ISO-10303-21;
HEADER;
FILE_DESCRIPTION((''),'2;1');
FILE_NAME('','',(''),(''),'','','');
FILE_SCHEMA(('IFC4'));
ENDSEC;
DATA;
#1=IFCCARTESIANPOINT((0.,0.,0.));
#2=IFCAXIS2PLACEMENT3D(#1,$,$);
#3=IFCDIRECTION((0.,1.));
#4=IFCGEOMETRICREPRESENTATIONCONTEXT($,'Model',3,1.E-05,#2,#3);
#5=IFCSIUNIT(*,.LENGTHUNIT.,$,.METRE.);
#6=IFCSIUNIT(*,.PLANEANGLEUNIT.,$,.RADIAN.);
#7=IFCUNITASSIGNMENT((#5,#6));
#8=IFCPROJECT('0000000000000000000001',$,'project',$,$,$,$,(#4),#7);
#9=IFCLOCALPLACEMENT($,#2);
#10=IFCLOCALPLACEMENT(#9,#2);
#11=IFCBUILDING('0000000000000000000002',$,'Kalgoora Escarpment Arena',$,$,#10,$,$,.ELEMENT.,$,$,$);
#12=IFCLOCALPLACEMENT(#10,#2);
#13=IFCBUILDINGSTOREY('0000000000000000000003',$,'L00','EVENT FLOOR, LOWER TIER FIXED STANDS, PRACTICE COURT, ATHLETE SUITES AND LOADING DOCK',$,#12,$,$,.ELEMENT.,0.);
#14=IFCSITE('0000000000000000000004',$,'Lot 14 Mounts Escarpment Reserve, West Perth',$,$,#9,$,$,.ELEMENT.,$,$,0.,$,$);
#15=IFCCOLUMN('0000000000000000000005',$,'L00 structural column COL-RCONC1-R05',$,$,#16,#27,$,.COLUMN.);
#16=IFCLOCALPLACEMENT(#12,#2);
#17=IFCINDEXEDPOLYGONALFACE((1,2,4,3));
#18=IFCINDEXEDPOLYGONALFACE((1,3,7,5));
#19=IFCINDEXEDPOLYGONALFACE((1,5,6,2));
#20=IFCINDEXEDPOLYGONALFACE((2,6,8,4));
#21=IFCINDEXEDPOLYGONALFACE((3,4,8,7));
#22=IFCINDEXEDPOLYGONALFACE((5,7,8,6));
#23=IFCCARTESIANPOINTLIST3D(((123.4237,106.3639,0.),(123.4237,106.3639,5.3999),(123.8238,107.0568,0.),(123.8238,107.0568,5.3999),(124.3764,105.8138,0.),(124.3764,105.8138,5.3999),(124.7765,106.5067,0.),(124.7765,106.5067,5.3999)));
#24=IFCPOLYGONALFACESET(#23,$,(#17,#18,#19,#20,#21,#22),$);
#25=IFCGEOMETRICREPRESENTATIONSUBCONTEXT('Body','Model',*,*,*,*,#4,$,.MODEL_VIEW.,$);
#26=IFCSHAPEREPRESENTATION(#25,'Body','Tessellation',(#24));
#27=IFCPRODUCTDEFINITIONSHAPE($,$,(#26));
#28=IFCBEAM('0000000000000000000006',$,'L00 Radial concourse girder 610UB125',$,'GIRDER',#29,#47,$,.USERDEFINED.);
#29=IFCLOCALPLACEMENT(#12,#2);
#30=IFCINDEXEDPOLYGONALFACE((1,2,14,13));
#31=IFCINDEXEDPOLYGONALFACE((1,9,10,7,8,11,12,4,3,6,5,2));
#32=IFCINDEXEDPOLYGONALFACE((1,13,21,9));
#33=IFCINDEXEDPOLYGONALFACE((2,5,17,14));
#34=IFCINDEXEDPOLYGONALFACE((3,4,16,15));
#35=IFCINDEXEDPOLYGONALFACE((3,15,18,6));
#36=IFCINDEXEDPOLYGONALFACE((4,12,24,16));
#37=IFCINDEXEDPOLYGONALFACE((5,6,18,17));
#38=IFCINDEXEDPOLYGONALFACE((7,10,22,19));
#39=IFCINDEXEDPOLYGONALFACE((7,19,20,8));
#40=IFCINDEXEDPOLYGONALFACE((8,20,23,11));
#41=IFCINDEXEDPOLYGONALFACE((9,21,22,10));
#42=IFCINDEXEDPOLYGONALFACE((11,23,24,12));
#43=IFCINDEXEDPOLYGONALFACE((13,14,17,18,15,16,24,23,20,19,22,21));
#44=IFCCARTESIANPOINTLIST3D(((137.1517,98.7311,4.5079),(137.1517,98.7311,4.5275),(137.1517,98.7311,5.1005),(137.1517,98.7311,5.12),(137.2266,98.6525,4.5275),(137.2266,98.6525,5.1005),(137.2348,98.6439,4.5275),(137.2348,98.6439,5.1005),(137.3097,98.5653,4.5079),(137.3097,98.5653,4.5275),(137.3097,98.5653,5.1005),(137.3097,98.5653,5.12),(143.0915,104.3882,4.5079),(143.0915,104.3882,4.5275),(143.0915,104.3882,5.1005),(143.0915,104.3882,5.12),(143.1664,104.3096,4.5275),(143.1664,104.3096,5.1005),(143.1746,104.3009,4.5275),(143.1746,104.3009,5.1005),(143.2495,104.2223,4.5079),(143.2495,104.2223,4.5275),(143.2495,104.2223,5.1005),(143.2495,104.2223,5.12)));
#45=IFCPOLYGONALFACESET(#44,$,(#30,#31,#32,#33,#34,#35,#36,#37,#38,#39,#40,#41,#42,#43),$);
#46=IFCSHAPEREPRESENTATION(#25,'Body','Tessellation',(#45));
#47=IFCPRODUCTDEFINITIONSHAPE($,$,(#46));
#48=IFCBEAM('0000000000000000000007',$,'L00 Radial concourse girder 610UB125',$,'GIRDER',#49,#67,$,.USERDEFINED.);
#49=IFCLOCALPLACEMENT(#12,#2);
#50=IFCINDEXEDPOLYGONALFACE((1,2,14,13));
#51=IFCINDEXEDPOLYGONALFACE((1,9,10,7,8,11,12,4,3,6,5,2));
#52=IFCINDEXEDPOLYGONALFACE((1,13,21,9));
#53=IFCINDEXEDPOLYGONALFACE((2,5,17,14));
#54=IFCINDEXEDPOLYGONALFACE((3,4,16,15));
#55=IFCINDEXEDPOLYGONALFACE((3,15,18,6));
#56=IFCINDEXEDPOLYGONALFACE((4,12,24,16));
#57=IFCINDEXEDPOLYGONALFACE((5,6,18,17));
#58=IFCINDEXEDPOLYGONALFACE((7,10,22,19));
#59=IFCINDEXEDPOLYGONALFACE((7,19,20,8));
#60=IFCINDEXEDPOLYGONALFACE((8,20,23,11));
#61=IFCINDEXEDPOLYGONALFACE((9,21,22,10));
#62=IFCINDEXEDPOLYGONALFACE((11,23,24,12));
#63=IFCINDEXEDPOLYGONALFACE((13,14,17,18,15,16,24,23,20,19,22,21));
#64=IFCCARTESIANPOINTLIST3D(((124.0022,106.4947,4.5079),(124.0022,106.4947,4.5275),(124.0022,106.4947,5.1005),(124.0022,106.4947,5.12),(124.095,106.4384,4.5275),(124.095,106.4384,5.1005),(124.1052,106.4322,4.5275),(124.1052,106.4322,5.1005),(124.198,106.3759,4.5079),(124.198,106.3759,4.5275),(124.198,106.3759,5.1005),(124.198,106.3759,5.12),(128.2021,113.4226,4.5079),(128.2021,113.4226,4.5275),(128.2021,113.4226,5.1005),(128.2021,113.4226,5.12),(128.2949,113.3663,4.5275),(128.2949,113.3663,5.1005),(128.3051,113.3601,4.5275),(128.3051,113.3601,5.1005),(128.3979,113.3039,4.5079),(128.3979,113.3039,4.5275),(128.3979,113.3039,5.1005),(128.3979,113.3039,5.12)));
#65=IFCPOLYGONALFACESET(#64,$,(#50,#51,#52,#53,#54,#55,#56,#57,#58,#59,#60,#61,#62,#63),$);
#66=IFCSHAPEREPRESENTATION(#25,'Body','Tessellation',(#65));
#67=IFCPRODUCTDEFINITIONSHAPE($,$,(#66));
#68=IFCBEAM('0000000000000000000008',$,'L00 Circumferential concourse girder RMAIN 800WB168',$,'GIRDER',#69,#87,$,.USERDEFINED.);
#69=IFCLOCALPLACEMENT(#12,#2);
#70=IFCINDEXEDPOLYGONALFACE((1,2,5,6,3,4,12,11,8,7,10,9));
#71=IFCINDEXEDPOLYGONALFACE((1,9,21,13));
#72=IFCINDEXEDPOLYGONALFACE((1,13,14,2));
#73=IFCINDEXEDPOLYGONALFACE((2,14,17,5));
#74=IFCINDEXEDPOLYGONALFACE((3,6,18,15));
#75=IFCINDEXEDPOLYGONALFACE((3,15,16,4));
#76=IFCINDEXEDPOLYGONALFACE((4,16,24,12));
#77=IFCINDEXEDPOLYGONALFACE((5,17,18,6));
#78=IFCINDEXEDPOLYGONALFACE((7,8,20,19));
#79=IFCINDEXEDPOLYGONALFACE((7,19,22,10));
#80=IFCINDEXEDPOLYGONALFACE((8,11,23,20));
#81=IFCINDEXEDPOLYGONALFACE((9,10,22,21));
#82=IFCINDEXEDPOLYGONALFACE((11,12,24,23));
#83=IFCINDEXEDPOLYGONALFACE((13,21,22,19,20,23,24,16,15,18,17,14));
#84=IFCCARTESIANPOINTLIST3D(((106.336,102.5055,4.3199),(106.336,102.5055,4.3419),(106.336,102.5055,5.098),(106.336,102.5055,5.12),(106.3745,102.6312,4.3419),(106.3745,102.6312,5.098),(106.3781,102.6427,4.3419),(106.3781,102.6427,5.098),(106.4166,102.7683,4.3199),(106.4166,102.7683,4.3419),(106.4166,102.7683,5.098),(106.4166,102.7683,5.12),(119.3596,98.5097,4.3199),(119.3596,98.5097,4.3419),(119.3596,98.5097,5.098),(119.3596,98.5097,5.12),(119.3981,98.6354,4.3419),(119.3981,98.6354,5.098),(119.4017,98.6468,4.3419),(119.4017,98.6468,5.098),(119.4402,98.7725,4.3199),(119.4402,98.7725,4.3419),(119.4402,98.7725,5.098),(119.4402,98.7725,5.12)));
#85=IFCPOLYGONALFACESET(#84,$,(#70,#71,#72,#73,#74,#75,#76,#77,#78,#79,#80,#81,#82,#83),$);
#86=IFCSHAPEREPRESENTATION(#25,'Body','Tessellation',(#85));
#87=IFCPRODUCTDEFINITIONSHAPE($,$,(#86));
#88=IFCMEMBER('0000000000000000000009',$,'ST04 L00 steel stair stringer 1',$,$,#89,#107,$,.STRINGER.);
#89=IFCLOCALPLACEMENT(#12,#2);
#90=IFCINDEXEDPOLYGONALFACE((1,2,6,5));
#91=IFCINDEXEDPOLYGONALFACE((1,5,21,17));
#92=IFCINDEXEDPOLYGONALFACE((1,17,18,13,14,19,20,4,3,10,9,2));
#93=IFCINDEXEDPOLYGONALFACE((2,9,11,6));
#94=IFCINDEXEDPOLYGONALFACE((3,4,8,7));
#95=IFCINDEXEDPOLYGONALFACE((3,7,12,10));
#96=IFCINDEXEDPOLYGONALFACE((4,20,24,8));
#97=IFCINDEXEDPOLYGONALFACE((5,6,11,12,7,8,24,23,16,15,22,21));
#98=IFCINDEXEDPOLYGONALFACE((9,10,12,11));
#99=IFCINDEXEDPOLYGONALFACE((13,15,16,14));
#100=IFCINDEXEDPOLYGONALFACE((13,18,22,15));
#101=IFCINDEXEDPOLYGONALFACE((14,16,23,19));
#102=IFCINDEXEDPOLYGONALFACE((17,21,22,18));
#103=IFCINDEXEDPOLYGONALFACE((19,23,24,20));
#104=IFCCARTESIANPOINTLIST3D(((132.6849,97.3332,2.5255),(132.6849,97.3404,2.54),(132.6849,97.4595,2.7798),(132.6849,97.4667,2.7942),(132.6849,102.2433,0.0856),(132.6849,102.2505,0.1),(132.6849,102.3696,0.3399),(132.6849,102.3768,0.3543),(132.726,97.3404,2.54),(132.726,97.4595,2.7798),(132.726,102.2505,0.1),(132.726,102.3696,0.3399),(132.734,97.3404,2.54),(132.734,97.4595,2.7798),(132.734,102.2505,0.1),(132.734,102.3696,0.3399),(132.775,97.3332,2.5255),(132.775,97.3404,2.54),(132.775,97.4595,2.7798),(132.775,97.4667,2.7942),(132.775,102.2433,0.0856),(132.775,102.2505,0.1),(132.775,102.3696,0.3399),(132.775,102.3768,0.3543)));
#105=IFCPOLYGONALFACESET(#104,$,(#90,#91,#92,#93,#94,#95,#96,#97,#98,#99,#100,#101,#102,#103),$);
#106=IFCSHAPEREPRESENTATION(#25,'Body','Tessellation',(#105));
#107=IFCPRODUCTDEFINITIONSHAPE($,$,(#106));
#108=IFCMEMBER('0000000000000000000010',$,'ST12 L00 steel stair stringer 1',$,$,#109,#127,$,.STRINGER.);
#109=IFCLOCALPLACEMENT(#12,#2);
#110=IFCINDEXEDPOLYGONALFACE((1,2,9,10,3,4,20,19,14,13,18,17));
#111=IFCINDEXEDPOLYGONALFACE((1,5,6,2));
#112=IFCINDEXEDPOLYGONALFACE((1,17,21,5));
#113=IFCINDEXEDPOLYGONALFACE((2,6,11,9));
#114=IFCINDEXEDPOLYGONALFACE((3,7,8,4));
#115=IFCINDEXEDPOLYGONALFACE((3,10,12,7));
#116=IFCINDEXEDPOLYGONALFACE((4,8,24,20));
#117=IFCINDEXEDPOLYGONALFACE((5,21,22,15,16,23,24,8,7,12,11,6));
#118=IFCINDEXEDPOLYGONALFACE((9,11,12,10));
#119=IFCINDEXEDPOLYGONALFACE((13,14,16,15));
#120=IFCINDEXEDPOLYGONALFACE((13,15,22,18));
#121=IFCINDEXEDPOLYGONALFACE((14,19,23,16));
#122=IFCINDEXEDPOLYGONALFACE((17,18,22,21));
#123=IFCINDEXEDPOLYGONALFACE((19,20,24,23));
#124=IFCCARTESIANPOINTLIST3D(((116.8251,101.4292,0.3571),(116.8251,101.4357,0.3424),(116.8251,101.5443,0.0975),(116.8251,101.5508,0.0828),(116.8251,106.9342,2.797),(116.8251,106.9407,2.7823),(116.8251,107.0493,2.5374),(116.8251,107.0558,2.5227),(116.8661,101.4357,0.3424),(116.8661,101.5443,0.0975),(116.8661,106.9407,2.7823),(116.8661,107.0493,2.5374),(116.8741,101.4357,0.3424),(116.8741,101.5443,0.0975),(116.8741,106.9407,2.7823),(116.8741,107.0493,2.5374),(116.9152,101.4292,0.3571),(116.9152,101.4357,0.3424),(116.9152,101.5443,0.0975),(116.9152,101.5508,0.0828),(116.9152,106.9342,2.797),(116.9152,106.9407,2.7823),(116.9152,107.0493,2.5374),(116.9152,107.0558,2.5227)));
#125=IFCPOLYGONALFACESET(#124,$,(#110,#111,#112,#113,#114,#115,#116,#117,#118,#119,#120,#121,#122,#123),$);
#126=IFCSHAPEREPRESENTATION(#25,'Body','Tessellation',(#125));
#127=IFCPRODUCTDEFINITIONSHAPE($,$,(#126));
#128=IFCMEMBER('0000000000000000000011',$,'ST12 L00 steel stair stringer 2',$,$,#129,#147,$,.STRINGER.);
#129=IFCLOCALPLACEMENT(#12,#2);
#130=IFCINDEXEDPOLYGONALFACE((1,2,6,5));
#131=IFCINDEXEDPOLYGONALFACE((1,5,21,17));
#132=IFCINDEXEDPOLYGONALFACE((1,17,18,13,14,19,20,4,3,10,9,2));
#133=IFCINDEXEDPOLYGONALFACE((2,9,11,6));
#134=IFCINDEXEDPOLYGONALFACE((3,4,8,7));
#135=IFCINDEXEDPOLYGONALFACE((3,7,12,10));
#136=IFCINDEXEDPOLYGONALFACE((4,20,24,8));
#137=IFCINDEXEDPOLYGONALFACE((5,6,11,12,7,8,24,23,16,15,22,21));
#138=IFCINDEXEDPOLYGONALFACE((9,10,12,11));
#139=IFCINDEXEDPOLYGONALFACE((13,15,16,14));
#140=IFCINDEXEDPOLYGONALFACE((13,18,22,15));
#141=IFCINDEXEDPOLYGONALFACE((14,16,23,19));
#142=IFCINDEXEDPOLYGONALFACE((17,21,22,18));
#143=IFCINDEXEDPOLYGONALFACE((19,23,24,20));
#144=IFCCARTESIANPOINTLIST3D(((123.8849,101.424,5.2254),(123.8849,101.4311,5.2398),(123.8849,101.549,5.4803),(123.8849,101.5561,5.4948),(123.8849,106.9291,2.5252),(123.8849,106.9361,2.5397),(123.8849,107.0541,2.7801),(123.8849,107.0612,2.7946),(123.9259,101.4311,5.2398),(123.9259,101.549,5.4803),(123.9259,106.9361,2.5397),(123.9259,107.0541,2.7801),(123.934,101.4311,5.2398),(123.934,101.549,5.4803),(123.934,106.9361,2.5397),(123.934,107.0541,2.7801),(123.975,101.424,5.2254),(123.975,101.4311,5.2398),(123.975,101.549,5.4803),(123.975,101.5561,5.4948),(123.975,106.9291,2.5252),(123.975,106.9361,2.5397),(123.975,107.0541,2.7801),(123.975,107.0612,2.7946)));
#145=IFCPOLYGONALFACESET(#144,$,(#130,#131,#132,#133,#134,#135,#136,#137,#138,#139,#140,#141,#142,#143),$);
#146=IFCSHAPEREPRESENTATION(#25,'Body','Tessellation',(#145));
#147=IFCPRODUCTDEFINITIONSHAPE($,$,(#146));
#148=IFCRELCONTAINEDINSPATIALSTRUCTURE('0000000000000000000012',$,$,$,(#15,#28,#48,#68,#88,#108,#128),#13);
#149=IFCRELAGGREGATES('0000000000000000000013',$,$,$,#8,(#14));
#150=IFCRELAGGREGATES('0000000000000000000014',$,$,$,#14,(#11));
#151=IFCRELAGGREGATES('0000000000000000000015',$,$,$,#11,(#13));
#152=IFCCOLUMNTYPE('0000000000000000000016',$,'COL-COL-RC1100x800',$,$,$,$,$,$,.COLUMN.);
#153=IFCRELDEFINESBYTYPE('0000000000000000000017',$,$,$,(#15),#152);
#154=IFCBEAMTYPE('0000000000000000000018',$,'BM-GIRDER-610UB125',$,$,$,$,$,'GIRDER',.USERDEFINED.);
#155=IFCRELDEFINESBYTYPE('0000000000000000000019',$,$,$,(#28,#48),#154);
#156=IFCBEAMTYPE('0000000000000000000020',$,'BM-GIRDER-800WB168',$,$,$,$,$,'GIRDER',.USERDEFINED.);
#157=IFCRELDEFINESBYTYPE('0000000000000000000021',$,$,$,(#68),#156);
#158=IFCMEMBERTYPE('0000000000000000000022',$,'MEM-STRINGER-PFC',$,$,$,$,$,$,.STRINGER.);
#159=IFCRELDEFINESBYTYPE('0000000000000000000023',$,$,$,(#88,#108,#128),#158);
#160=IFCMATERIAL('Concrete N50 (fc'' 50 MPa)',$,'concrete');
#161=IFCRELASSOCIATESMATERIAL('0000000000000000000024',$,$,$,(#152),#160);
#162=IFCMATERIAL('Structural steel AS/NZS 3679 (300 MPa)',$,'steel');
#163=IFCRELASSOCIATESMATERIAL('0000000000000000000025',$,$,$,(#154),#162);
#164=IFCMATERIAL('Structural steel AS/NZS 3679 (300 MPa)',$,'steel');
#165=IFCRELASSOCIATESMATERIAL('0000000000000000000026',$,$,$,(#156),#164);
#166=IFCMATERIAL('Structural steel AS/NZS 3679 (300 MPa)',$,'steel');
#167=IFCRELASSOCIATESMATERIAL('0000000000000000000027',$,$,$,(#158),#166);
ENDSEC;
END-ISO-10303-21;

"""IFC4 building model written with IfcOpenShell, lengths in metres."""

from ifc_helpers import new_model, si_unit, direction, frame, origin, origin_2d, place, context, subcontext, project, spatial, rectangle, i_section, extrude, material, material_profile, profile_set, type_object, element, save


model = new_model("IFC4")

# Units and contexts
model_context = context("Model", 3, precision=1e-05, world=origin(), true_north=direction((0.0, 1.0)))
body_context = subcontext(model_context, "Body", "Model", "MODEL_VIEW")
ifc_project = project(units=[si_unit("LENGTHUNIT", "METRE"), si_unit("PLANEANGLEUNIT", "RADIAN")], contexts=[model_context])

# Site, building, storey
site_placement = place(None, origin())
site = spatial("IfcSite", under=ifc_project, at=site_placement, Name="Lot 14 Mounts Escarpment Reserve, West Perth", CompositionType="ELEMENT", RefElevation=0.0)
building_placement = place(site_placement, origin())
building = spatial("IfcBuilding", under=site, at=building_placement, Name="Kalgoora Escarpment Arena", CompositionType="ELEMENT")
storey_placement = place(building_placement, origin())
storey = spatial("IfcBuildingStorey", under=building, at=storey_placement, Name="L00", Description="EVENT FLOOR, LOWER TIER FIXED STANDS, PRACTICE COURT, ATHLETE SUITES AND LOADING DOCK", CompositionType="ELEMENT", Elevation=0.0)

# Column
ifc_material_1 = material(Name="Concrete N50 (fc' 50 MPa)", Category="concrete")
ifc_material_profile_1 = material_profile(ifc_material_1, rectangle(XDim=0.8, YDim=1.1001, at=origin_2d()))
ifc_profile_set_1 = profile_set([ifc_material_profile_1], Name="Concrete N50 (fc' 50 MPa)")
column_type_1 = type_object("IfcColumnType", Name="COL-COL-RC1100x800", PredefinedType="COLUMN", material=ifc_profile_set_1)
for number, where, z_axis, x_axis, name in (
    (1, (124.1001, 106.4353, 0.0), (0.0, 0.0, 1.0), (0.5, 0.866025, 0.0), "L00 structural column COL-RCONC1-R05"),
):
    element("IfcColumn", number, at=place(storey_placement, frame(where, z_axis=z_axis, x_axis=x_axis)), inside=storey, type_object=column_type_1, Name=name, PredefinedType="COLUMN", context=body_context, shape_type="SweptSolid", body=[
        extrude(rectangle(XDim=0.8, YDim=1.1001, at=origin_2d()), origin(), (0.0, 0.0, 1.0), 5.3999),
    ])

# Beams
ifc_material_2 = material(Name="Structural steel AS/NZS 3679 (300 MPa)", Category="steel")
ifc_material_profile_2 = material_profile(ifc_material_2, i_section(OverallWidth=0.229, OverallDepth=0.6121, WebThickness=0.012, FlangeThickness=0.0195, at=origin_2d()))
ifc_profile_set_2 = profile_set([ifc_material_profile_2], Name="Structural steel AS/NZS 3679 (300 MPa)")
beam_type_1 = type_object("IfcBeamType", Name="BM-GIRDER-610UB125", ElementType="GIRDER", PredefinedType="USERDEFINED", material=ifc_profile_set_2)
beam_1_placement = place(storey_placement, frame((137.2307, 98.6482, 4.814), z_axis=(0.72413, 0.689663, 0.0), x_axis=(-0.689663, 0.72413, 0.0)))
element("IfcBeam", 2, at=beam_1_placement, inside=storey, type_object=beam_type_1, Name="L00 Radial concourse girder 610UB125", ObjectType="GIRDER", PredefinedType="USERDEFINED", context=body_context, shape_type="SweptSolid", body=[
    extrude(i_section(OverallWidth=0.229, OverallDepth=0.6121, WebThickness=0.012, FlangeThickness=0.0195, at=origin_2d()), origin(), (0.0, 0.0, 1.0), 8.2026),
])
beam_2_placement = place(storey_placement, frame((124.1001, 106.4353, 4.814), z_axis=(0.518408, 0.855133, 0.0), x_axis=(-0.855133, 0.518408, 0.0)))
element("IfcBeam", 3, at=beam_2_placement, inside=storey, type_object=beam_type_1, Name="L00 Radial concourse girder 610UB125", ObjectType="GIRDER", PredefinedType="USERDEFINED", context=body_context, shape_type="SweptSolid", body=[
    extrude(i_section(OverallWidth=0.229, OverallDepth=0.6121, WebThickness=0.012, FlangeThickness=0.0195, at=origin_2d()), origin(), (0.0, 0.0, 1.0), 8.1016),
])
ifc_material_3 = material(Name="Structural steel AS/NZS 3679 (300 MPa)", Category="steel")
ifc_material_profile_3 = material_profile(ifc_material_3, i_section(OverallWidth=0.2749, OverallDepth=0.8, WebThickness=0.012, FlangeThickness=0.022, at=origin_2d()))
ifc_profile_set_3 = profile_set([ifc_material_profile_3], Name="Structural steel AS/NZS 3679 (300 MPa)")
beam_type_2 = type_object("IfcBeamType", Name="BM-GIRDER-800WB168", ElementType="GIRDER", PredefinedType="USERDEFINED", material=ifc_profile_set_3)
beam_3_placement = place(storey_placement, frame((119.3999, 98.6411, 4.72), z_axis=(-0.956015, 0.293319, 0.0), x_axis=(-0.293319, -0.956015, 0.0)))
element("IfcBeam", 4, at=beam_3_placement, inside=storey, type_object=beam_type_2, Name="L00 Circumferential concourse girder RMAIN 800WB168", ObjectType="GIRDER", PredefinedType="USERDEFINED", context=body_context, shape_type="SweptSolid", body=[
    extrude(i_section(OverallWidth=0.2749, OverallDepth=0.8, WebThickness=0.012, FlangeThickness=0.022, at=origin_2d()), origin(), (0.0, 0.0, 1.0), 13.6228),
])

# Members
ifc_material_4 = material(Name="Structural steel AS/NZS 3679 (300 MPa)", Category="steel")
ifc_material_profile_4 = material_profile(ifc_material_4, i_section(OverallWidth=0.0901, OverallDepth=0.3, WebThickness=0.0081, FlangeThickness=0.0161, at=origin_2d()))
ifc_profile_set_4 = profile_set([ifc_material_profile_4], Name="Structural steel AS/NZS 3679 (300 MPa)")
member_type = type_object("IfcMemberType", Name="MEM-STRINGER-PFC", PredefinedType="STRINGER", material=ifc_profile_set_4)
member_1_placement = place(storey_placement, frame((132.73, 102.3101, 0.22), z_axis=(0.0, -0.895529, 0.445004), x_axis=(1.0, 0.0, 0.0)))
element("IfcMember", 5, at=member_1_placement, inside=storey, type_object=member_type, Name="ST04 L00 steel stair stringer 1", PredefinedType="STRINGER", context=body_context, shape_type="SweptSolid", body=[
    extrude(i_section(OverallWidth=0.0901, OverallDepth=0.3, WebThickness=0.0081, FlangeThickness=0.0161, at=origin_2d()), origin(), (0.0, 0.0, 1.0), 5.4829),
])
member_2_placement = place(storey_placement, frame((116.8701, 101.49, 0.22), z_axis=(0.0, 0.914229, 0.405198), x_axis=(-1.0, 0.0, 0.0)))
element("IfcMember", 6, at=member_2_placement, inside=storey, type_object=member_type, Name="ST12 L00 steel stair stringer 1", PredefinedType="STRINGER", context=body_context, shape_type="SweptSolid", body=[
    extrude(i_section(OverallWidth=0.0901, OverallDepth=0.3, WebThickness=0.0081, FlangeThickness=0.0161, at=origin_2d()), origin(), (0.0, 0.0, 1.0), 6.0215),
])
member_3_placement = place(storey_placement, frame((123.9299, 106.9951, 2.6599), z_axis=(0.0, -0.897817, 0.440368), x_axis=(1.0, 0.0, 0.0)))
element("IfcMember", 7, at=member_3_placement, inside=storey, type_object=member_type, Name="ST12 L00 steel stair stringer 2", PredefinedType="STRINGER", context=body_context, shape_type="SweptSolid", body=[
    extrude(i_section(OverallWidth=0.0901, OverallDepth=0.3, WebThickness=0.0081, FlangeThickness=0.0161, at=origin_2d()), origin(), (0.0, 0.0, 1.0), 6.1316),
])

save(model, "model.ifc")
